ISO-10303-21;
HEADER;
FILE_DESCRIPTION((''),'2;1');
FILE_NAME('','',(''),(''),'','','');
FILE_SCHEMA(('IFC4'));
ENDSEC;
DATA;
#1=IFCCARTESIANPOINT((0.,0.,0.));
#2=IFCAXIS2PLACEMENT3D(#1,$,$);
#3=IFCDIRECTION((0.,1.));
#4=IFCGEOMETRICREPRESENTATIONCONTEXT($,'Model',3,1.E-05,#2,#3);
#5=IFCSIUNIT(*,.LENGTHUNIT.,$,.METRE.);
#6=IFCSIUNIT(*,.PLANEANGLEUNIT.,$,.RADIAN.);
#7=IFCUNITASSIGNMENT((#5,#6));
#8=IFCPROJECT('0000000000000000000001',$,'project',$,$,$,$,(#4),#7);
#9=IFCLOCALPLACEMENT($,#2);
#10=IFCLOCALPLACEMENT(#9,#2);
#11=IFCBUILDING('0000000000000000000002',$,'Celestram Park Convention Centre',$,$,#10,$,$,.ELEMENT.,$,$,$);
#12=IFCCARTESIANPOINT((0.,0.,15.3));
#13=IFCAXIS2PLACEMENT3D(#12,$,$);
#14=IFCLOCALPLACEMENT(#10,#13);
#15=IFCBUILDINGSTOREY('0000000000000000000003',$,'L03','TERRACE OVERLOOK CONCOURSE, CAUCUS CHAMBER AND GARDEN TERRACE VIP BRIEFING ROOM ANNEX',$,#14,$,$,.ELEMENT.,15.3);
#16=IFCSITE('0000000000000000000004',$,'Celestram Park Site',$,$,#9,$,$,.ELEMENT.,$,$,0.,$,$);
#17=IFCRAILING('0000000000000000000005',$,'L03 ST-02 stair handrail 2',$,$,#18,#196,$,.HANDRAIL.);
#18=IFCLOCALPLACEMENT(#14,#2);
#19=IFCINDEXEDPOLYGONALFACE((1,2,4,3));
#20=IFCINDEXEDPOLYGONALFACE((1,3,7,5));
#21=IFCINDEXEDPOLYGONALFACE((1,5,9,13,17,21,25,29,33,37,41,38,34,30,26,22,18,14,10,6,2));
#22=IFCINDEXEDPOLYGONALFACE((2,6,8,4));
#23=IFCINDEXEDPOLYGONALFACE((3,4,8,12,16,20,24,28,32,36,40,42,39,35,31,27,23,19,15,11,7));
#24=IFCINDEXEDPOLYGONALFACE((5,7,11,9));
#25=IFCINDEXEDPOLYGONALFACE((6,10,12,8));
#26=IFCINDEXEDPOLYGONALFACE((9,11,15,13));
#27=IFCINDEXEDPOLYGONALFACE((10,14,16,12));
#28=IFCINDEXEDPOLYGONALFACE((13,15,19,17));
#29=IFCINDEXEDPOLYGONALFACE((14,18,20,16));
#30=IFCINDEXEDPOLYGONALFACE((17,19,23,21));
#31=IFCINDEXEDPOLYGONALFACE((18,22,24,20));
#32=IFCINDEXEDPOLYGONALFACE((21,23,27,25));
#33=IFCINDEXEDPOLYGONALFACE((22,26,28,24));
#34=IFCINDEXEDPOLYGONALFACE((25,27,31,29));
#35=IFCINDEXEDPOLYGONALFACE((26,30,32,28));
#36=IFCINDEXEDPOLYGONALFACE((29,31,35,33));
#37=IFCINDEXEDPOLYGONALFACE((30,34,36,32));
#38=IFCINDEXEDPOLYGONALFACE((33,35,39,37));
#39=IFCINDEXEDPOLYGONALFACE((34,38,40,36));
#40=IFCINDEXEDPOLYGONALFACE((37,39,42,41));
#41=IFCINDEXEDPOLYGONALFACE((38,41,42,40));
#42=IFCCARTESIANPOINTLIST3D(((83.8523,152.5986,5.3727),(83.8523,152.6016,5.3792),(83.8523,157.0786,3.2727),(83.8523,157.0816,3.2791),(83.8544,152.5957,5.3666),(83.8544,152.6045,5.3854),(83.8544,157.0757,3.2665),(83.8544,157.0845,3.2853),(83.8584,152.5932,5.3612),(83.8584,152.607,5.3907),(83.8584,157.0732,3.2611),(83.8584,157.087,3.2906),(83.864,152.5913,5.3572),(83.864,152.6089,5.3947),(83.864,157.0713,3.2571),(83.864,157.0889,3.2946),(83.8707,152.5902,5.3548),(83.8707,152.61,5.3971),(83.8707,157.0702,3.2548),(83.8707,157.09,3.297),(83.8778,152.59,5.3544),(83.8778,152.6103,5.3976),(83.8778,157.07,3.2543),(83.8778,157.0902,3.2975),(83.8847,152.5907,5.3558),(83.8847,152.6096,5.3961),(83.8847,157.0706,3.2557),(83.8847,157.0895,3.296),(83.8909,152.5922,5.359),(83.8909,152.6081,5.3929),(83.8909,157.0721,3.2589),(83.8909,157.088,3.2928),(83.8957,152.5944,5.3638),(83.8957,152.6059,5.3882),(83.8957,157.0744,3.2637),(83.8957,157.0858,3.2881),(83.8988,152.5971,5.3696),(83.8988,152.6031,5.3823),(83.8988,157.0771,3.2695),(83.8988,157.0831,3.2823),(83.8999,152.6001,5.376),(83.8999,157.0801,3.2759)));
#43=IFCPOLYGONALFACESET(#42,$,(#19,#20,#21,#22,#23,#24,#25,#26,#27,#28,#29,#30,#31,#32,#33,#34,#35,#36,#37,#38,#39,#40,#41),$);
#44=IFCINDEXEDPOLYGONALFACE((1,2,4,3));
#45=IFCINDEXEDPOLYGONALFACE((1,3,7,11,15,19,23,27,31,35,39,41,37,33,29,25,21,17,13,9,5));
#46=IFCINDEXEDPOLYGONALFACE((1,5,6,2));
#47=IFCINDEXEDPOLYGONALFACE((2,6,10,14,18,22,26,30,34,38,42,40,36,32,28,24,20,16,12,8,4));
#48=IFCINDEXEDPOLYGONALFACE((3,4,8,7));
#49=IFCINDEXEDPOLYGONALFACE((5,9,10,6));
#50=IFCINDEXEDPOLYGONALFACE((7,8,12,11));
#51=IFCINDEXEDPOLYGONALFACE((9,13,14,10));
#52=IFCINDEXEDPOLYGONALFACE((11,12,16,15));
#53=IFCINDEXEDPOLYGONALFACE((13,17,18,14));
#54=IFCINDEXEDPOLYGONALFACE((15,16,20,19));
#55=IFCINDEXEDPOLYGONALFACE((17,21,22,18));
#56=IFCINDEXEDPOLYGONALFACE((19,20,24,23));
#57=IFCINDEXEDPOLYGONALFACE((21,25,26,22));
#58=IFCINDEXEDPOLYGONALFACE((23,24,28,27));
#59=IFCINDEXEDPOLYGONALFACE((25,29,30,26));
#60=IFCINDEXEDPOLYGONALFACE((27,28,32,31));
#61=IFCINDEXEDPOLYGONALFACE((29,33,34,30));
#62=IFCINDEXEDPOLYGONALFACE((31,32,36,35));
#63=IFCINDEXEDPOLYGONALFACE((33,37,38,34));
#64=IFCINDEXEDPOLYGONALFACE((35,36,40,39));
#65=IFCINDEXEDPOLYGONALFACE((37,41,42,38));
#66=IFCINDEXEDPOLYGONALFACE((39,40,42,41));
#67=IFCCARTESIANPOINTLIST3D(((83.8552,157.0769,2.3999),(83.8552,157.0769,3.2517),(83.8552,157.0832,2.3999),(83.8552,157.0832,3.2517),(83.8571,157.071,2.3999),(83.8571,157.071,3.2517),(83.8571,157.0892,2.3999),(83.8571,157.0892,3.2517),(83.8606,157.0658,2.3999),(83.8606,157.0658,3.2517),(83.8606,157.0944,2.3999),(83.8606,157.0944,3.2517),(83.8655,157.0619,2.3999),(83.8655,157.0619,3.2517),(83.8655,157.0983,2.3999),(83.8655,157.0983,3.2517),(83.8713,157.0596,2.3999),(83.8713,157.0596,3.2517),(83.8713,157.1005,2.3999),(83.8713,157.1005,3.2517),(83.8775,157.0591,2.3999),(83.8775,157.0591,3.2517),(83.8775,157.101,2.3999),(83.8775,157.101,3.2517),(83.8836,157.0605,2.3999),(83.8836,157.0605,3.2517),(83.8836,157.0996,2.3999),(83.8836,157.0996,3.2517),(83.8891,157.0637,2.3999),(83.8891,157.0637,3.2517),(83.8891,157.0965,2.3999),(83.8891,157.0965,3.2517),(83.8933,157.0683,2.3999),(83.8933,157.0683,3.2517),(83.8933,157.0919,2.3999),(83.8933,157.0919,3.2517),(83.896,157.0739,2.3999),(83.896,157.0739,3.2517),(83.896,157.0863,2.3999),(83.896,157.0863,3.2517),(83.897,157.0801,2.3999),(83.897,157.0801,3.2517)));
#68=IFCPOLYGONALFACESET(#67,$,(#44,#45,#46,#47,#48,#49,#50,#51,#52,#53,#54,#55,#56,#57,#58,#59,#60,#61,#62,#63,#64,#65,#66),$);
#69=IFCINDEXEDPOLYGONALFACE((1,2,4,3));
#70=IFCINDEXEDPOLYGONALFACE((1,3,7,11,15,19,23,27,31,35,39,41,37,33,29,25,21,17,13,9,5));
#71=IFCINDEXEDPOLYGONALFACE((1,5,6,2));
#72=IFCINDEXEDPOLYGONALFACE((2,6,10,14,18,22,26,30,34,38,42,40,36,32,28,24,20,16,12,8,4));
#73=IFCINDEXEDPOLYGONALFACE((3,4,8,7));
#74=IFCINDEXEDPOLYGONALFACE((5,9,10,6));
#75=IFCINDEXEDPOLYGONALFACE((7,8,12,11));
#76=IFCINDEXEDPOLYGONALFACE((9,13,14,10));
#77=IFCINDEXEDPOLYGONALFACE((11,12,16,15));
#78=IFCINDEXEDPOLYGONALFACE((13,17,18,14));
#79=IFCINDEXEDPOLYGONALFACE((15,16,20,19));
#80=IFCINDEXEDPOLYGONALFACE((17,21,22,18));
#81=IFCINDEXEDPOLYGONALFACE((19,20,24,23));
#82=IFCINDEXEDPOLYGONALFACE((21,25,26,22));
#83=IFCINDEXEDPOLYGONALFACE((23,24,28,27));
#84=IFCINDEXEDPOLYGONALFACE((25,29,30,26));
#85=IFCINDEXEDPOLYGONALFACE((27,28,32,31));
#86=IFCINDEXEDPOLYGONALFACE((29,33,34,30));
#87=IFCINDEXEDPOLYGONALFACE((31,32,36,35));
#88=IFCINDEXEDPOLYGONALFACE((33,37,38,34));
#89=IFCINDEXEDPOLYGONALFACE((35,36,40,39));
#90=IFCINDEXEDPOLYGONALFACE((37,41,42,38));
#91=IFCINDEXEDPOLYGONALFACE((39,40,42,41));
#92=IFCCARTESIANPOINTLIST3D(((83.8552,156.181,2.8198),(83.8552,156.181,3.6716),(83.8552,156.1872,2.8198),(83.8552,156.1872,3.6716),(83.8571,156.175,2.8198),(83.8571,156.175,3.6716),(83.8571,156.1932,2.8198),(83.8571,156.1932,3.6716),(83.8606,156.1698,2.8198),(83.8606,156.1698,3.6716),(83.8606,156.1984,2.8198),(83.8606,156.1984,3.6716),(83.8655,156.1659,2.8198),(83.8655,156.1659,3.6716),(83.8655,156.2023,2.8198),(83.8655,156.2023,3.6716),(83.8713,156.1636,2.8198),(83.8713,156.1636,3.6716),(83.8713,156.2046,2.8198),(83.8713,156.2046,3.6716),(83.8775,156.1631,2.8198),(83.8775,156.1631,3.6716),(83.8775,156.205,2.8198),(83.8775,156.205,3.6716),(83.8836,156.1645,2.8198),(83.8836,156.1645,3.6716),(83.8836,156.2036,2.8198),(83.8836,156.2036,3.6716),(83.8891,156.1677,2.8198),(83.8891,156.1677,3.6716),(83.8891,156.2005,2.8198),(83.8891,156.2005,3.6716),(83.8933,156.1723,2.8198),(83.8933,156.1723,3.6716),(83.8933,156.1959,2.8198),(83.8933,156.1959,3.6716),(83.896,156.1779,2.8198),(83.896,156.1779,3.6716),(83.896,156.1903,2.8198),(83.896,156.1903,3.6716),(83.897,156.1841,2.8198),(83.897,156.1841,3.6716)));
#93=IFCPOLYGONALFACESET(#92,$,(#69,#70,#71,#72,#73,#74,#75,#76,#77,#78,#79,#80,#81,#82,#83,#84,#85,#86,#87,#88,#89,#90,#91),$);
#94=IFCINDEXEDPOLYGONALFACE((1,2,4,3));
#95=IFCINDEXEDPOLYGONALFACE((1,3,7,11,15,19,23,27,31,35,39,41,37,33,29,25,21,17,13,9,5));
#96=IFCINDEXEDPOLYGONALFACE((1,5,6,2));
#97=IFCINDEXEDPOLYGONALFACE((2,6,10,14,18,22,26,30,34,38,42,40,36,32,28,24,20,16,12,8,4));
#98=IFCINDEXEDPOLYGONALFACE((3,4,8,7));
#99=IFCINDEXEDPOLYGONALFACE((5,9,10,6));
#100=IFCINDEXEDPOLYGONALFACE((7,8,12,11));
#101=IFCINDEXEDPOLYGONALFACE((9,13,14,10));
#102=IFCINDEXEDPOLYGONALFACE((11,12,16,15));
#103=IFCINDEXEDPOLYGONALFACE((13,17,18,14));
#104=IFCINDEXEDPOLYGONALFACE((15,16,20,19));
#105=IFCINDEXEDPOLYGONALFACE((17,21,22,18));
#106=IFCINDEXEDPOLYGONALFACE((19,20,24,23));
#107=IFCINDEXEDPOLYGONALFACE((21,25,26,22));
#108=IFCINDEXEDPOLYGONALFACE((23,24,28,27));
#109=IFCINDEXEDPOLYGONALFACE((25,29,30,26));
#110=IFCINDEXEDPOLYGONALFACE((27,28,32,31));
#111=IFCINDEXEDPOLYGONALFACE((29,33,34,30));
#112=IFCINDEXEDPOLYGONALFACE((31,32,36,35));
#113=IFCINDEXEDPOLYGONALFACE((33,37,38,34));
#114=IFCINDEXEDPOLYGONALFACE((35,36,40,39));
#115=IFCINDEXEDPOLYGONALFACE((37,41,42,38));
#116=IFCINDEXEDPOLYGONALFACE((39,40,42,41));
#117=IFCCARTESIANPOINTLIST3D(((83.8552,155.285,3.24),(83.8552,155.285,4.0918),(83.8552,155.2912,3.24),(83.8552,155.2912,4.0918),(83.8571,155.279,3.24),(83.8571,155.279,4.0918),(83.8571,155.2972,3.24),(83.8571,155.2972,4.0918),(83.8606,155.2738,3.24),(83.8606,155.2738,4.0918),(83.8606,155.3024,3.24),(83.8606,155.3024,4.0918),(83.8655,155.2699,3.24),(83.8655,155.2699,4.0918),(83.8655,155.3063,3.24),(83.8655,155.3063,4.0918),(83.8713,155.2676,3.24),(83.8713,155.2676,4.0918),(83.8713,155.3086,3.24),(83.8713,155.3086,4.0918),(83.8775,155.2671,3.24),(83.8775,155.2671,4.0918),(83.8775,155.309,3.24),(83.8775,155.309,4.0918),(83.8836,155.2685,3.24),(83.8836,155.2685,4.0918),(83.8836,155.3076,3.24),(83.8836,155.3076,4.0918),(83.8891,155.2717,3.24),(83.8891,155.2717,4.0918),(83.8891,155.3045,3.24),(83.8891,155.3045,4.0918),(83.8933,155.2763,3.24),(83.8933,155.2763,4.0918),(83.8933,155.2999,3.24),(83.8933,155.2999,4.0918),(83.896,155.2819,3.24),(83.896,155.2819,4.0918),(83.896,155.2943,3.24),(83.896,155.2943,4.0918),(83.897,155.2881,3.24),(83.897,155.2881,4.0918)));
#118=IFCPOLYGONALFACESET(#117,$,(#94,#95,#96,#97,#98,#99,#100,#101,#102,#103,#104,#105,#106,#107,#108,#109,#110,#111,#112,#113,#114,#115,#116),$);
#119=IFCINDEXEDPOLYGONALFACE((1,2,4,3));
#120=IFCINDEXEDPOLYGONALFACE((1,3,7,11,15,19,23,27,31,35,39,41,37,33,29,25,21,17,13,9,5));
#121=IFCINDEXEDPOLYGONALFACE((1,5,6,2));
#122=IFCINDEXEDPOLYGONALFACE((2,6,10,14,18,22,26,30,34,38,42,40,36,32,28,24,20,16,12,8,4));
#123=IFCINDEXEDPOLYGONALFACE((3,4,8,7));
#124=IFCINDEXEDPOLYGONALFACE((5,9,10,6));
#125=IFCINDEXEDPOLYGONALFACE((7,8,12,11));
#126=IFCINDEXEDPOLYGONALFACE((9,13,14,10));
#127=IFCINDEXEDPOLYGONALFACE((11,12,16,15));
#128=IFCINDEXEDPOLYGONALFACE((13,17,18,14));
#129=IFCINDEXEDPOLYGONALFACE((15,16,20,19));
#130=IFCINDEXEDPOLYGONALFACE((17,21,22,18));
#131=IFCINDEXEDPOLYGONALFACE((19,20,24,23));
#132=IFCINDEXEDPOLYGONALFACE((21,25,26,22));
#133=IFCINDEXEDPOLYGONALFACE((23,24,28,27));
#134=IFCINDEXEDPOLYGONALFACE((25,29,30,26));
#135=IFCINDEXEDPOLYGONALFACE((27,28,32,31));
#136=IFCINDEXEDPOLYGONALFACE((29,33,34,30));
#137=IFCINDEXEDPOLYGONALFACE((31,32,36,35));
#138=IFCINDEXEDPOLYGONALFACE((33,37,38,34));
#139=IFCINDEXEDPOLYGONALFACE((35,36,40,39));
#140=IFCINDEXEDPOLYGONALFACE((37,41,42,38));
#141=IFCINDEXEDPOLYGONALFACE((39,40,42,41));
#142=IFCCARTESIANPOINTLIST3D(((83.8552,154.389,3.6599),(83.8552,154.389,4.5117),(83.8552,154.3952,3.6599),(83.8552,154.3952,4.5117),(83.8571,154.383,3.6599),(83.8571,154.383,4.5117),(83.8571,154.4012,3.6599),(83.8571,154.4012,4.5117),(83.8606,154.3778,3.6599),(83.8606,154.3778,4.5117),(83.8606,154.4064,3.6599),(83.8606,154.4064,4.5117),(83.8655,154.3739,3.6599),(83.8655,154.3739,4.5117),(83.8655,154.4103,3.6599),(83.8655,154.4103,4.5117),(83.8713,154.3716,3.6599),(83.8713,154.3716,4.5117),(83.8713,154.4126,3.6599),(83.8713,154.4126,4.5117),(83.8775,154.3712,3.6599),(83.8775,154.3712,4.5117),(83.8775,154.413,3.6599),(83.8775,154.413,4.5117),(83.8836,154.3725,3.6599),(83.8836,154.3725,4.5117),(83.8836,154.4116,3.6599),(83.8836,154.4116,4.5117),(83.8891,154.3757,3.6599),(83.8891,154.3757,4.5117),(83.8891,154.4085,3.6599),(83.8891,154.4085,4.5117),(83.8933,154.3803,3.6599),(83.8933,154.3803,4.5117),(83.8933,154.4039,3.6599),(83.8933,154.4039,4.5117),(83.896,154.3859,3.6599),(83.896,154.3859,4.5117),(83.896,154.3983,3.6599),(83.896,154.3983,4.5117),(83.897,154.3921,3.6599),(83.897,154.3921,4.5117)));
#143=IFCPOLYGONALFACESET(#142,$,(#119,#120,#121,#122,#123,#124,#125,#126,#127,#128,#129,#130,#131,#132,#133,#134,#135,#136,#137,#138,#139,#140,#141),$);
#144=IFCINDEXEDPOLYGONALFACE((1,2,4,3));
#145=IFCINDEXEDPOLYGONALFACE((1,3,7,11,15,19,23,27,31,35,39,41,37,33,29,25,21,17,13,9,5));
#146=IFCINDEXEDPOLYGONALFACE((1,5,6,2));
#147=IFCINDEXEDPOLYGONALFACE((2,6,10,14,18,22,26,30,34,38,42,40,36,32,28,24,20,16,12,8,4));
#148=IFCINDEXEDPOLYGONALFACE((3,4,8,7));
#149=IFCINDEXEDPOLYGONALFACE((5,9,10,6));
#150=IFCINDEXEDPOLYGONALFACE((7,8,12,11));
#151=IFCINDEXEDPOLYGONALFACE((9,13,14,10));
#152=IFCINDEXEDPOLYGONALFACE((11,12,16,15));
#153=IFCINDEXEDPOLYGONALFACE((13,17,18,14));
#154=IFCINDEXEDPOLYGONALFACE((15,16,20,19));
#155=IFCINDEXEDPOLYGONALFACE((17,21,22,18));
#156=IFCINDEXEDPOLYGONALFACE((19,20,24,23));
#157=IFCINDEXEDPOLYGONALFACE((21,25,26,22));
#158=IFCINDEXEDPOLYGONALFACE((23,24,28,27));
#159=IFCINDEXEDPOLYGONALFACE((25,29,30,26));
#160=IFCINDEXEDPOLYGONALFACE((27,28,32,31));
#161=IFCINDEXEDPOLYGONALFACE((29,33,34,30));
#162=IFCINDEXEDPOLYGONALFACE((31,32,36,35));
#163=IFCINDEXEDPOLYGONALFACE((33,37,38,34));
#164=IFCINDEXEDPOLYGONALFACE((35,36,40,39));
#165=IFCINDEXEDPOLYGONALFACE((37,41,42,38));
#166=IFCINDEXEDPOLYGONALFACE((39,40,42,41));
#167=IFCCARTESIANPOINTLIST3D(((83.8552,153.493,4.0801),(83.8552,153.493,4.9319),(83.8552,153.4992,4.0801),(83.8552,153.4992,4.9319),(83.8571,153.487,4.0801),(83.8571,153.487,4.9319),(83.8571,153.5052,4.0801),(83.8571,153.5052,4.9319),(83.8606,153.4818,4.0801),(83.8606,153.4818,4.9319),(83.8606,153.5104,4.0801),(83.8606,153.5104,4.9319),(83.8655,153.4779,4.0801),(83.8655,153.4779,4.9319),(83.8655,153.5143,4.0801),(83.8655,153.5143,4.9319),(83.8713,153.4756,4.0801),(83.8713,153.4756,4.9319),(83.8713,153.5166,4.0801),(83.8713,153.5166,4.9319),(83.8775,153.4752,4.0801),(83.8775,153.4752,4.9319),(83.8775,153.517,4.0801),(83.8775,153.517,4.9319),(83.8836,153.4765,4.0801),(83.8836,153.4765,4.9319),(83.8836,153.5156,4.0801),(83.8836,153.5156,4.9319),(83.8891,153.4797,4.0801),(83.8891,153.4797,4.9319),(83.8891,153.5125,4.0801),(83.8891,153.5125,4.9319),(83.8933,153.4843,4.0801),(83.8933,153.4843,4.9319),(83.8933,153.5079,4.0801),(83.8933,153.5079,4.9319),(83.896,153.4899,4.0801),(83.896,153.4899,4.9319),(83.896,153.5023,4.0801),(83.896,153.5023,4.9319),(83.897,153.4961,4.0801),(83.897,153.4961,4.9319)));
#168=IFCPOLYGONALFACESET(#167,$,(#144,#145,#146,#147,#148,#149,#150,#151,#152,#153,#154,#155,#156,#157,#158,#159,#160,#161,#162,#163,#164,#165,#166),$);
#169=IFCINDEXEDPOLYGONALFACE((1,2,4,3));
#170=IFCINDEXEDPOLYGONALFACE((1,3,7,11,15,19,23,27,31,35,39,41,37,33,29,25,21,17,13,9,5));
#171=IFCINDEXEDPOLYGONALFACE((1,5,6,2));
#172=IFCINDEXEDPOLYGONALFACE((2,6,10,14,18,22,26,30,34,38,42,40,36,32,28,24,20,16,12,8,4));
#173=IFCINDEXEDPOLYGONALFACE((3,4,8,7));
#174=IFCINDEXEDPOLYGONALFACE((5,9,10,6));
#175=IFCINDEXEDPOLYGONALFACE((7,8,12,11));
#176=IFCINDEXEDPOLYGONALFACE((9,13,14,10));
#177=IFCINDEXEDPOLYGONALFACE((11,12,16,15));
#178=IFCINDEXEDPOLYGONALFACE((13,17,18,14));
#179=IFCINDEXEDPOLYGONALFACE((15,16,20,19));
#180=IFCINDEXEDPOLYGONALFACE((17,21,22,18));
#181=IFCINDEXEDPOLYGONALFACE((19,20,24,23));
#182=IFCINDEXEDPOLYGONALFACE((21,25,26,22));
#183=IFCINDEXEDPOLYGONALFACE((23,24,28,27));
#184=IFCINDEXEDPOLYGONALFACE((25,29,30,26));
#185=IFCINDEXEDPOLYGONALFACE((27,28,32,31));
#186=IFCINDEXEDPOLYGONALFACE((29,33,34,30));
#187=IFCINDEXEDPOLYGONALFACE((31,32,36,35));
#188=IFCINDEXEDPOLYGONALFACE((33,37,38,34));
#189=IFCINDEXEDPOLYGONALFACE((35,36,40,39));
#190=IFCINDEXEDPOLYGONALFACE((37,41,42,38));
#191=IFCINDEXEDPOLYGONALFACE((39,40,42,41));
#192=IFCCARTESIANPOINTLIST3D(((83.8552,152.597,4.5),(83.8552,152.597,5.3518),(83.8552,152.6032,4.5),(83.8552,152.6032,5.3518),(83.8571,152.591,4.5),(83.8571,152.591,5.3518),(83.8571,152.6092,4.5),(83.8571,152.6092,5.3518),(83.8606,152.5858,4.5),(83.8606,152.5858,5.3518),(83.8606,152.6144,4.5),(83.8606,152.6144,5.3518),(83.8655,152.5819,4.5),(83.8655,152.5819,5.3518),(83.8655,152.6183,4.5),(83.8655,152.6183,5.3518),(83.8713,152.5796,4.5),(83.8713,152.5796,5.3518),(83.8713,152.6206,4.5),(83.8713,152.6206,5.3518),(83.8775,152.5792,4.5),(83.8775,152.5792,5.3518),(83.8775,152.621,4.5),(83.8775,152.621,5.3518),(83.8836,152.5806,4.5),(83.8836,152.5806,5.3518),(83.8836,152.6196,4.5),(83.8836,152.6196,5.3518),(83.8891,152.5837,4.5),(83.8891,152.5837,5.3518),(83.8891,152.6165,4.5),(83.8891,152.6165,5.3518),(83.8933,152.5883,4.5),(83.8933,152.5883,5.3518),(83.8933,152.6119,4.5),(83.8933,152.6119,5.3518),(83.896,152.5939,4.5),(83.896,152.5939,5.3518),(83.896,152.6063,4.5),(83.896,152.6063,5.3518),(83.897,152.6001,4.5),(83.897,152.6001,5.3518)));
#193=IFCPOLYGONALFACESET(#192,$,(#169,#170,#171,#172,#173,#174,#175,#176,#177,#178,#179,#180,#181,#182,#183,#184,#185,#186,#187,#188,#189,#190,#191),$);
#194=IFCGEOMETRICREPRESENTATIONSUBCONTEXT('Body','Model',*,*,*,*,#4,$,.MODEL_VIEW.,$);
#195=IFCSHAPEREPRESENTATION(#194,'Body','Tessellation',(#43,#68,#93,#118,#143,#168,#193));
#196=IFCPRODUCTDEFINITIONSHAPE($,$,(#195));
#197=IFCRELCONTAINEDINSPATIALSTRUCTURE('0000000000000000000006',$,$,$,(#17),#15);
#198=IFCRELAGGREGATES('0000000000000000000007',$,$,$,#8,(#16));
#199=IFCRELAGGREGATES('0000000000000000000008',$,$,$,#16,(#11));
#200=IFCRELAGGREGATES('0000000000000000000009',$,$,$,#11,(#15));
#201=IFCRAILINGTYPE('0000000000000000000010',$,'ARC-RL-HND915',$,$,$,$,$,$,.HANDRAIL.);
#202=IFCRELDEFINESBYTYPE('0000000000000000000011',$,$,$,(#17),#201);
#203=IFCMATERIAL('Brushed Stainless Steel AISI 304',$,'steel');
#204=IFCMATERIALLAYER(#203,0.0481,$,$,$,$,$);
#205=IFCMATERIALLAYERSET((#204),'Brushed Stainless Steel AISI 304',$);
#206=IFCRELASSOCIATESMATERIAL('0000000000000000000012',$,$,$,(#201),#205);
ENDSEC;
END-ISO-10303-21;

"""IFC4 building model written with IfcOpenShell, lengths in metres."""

from ifc_helpers import new_model, si_unit, direction, frame, origin, origin_2d, place, context, subcontext, project, spatial, circle, extrude, material, layer, layer_set, type_object, element, save


model = new_model("IFC4")

# Units and contexts
model_context = context("Model", 3, precision=1e-05, world=origin(), true_north=direction((0.0, 1.0)))
body_context = subcontext(model_context, "Body", "Model", "MODEL_VIEW")
ifc_project = project(units=[si_unit("LENGTHUNIT", "METRE"), si_unit("PLANEANGLEUNIT", "RADIAN")], contexts=[model_context])

# Site, building, storey
site_placement = place(None, origin())
site = spatial("IfcSite", under=ifc_project, at=site_placement, Name="Celestram Park Site", CompositionType="ELEMENT", RefElevation=0.0)
building_placement = place(site_placement, origin())
building = spatial("IfcBuilding", under=site, at=building_placement, Name="Celestram Park Convention Centre", CompositionType="ELEMENT")
storey_placement = place(building_placement, frame((0.0, 0.0, 15.3)))
storey = spatial("IfcBuildingStorey", under=building, at=storey_placement, Name="L03", Description="TERRACE OVERLOOK CONCOURSE, CAUCUS CHAMBER AND GARDEN TERRACE VIP BRIEFING ROOM ANNEX", CompositionType="ELEMENT", Elevation=15.3)

# Railing
ifc_material_1 = material(Name="Brushed Stainless Steel AISI 304", Category="steel")
ifc_layer_1 = layer(ifc_material_1, 0.0481)
ifc_layer_set_1 = layer_set([ifc_layer_1], Name="Brushed Stainless Steel AISI 304")
railing_type_1 = type_object("IfcRailingType", Name="ARC-RL-HND915", PredefinedType="HANDRAIL", material=ifc_layer_set_1)
railing_1_placement = place(storey_placement, frame((83.876, 157.0801, 2.3999)))
element("IfcRailing", 1, at=railing_1_placement, inside=storey, type_object=railing_type_1, Name="L03 ST-02 stair handrail 2", PredefinedType="HANDRAIL", context=body_context, shape_type="SweptSolid", body=[
    extrude(circle(Radius=0.0239, at=origin_2d()), frame((0.0, 0.0, 0.876), z_axis=(0.0, -0.905451, 0.424452), x_axis=(1.0, 0.0, 0.0)), (0.0, 0.0, 1.0), 4.9478),
    extrude(circle(Radius=0.021, at=origin_2d()), origin(), (0.0, 0.0, 1.0), 0.8518),
    extrude(circle(Radius=0.021, at=origin_2d()), frame((0.0, -0.896, 0.4199)), (0.0, 0.0, 1.0), 0.8518),
    extrude(circle(Radius=0.021, at=origin_2d()), frame((0.0, -1.792, 0.8401)), (0.0, 0.0, 1.0), 0.8518),
    extrude(circle(Radius=0.021, at=origin_2d()), frame((0.0, -2.688, 1.26)), (0.0, 0.0, 1.0), 0.8518),
    extrude(circle(Radius=0.021, at=origin_2d()), frame((0.0, -3.584, 1.6802)), (0.0, 0.0, 1.0), 0.8518),
    extrude(circle(Radius=0.021, at=origin_2d()), frame((0.0, -4.48, 2.1001)), (0.0, 0.0, 1.0), 0.8518),
])

save(model, "model.ifc")
